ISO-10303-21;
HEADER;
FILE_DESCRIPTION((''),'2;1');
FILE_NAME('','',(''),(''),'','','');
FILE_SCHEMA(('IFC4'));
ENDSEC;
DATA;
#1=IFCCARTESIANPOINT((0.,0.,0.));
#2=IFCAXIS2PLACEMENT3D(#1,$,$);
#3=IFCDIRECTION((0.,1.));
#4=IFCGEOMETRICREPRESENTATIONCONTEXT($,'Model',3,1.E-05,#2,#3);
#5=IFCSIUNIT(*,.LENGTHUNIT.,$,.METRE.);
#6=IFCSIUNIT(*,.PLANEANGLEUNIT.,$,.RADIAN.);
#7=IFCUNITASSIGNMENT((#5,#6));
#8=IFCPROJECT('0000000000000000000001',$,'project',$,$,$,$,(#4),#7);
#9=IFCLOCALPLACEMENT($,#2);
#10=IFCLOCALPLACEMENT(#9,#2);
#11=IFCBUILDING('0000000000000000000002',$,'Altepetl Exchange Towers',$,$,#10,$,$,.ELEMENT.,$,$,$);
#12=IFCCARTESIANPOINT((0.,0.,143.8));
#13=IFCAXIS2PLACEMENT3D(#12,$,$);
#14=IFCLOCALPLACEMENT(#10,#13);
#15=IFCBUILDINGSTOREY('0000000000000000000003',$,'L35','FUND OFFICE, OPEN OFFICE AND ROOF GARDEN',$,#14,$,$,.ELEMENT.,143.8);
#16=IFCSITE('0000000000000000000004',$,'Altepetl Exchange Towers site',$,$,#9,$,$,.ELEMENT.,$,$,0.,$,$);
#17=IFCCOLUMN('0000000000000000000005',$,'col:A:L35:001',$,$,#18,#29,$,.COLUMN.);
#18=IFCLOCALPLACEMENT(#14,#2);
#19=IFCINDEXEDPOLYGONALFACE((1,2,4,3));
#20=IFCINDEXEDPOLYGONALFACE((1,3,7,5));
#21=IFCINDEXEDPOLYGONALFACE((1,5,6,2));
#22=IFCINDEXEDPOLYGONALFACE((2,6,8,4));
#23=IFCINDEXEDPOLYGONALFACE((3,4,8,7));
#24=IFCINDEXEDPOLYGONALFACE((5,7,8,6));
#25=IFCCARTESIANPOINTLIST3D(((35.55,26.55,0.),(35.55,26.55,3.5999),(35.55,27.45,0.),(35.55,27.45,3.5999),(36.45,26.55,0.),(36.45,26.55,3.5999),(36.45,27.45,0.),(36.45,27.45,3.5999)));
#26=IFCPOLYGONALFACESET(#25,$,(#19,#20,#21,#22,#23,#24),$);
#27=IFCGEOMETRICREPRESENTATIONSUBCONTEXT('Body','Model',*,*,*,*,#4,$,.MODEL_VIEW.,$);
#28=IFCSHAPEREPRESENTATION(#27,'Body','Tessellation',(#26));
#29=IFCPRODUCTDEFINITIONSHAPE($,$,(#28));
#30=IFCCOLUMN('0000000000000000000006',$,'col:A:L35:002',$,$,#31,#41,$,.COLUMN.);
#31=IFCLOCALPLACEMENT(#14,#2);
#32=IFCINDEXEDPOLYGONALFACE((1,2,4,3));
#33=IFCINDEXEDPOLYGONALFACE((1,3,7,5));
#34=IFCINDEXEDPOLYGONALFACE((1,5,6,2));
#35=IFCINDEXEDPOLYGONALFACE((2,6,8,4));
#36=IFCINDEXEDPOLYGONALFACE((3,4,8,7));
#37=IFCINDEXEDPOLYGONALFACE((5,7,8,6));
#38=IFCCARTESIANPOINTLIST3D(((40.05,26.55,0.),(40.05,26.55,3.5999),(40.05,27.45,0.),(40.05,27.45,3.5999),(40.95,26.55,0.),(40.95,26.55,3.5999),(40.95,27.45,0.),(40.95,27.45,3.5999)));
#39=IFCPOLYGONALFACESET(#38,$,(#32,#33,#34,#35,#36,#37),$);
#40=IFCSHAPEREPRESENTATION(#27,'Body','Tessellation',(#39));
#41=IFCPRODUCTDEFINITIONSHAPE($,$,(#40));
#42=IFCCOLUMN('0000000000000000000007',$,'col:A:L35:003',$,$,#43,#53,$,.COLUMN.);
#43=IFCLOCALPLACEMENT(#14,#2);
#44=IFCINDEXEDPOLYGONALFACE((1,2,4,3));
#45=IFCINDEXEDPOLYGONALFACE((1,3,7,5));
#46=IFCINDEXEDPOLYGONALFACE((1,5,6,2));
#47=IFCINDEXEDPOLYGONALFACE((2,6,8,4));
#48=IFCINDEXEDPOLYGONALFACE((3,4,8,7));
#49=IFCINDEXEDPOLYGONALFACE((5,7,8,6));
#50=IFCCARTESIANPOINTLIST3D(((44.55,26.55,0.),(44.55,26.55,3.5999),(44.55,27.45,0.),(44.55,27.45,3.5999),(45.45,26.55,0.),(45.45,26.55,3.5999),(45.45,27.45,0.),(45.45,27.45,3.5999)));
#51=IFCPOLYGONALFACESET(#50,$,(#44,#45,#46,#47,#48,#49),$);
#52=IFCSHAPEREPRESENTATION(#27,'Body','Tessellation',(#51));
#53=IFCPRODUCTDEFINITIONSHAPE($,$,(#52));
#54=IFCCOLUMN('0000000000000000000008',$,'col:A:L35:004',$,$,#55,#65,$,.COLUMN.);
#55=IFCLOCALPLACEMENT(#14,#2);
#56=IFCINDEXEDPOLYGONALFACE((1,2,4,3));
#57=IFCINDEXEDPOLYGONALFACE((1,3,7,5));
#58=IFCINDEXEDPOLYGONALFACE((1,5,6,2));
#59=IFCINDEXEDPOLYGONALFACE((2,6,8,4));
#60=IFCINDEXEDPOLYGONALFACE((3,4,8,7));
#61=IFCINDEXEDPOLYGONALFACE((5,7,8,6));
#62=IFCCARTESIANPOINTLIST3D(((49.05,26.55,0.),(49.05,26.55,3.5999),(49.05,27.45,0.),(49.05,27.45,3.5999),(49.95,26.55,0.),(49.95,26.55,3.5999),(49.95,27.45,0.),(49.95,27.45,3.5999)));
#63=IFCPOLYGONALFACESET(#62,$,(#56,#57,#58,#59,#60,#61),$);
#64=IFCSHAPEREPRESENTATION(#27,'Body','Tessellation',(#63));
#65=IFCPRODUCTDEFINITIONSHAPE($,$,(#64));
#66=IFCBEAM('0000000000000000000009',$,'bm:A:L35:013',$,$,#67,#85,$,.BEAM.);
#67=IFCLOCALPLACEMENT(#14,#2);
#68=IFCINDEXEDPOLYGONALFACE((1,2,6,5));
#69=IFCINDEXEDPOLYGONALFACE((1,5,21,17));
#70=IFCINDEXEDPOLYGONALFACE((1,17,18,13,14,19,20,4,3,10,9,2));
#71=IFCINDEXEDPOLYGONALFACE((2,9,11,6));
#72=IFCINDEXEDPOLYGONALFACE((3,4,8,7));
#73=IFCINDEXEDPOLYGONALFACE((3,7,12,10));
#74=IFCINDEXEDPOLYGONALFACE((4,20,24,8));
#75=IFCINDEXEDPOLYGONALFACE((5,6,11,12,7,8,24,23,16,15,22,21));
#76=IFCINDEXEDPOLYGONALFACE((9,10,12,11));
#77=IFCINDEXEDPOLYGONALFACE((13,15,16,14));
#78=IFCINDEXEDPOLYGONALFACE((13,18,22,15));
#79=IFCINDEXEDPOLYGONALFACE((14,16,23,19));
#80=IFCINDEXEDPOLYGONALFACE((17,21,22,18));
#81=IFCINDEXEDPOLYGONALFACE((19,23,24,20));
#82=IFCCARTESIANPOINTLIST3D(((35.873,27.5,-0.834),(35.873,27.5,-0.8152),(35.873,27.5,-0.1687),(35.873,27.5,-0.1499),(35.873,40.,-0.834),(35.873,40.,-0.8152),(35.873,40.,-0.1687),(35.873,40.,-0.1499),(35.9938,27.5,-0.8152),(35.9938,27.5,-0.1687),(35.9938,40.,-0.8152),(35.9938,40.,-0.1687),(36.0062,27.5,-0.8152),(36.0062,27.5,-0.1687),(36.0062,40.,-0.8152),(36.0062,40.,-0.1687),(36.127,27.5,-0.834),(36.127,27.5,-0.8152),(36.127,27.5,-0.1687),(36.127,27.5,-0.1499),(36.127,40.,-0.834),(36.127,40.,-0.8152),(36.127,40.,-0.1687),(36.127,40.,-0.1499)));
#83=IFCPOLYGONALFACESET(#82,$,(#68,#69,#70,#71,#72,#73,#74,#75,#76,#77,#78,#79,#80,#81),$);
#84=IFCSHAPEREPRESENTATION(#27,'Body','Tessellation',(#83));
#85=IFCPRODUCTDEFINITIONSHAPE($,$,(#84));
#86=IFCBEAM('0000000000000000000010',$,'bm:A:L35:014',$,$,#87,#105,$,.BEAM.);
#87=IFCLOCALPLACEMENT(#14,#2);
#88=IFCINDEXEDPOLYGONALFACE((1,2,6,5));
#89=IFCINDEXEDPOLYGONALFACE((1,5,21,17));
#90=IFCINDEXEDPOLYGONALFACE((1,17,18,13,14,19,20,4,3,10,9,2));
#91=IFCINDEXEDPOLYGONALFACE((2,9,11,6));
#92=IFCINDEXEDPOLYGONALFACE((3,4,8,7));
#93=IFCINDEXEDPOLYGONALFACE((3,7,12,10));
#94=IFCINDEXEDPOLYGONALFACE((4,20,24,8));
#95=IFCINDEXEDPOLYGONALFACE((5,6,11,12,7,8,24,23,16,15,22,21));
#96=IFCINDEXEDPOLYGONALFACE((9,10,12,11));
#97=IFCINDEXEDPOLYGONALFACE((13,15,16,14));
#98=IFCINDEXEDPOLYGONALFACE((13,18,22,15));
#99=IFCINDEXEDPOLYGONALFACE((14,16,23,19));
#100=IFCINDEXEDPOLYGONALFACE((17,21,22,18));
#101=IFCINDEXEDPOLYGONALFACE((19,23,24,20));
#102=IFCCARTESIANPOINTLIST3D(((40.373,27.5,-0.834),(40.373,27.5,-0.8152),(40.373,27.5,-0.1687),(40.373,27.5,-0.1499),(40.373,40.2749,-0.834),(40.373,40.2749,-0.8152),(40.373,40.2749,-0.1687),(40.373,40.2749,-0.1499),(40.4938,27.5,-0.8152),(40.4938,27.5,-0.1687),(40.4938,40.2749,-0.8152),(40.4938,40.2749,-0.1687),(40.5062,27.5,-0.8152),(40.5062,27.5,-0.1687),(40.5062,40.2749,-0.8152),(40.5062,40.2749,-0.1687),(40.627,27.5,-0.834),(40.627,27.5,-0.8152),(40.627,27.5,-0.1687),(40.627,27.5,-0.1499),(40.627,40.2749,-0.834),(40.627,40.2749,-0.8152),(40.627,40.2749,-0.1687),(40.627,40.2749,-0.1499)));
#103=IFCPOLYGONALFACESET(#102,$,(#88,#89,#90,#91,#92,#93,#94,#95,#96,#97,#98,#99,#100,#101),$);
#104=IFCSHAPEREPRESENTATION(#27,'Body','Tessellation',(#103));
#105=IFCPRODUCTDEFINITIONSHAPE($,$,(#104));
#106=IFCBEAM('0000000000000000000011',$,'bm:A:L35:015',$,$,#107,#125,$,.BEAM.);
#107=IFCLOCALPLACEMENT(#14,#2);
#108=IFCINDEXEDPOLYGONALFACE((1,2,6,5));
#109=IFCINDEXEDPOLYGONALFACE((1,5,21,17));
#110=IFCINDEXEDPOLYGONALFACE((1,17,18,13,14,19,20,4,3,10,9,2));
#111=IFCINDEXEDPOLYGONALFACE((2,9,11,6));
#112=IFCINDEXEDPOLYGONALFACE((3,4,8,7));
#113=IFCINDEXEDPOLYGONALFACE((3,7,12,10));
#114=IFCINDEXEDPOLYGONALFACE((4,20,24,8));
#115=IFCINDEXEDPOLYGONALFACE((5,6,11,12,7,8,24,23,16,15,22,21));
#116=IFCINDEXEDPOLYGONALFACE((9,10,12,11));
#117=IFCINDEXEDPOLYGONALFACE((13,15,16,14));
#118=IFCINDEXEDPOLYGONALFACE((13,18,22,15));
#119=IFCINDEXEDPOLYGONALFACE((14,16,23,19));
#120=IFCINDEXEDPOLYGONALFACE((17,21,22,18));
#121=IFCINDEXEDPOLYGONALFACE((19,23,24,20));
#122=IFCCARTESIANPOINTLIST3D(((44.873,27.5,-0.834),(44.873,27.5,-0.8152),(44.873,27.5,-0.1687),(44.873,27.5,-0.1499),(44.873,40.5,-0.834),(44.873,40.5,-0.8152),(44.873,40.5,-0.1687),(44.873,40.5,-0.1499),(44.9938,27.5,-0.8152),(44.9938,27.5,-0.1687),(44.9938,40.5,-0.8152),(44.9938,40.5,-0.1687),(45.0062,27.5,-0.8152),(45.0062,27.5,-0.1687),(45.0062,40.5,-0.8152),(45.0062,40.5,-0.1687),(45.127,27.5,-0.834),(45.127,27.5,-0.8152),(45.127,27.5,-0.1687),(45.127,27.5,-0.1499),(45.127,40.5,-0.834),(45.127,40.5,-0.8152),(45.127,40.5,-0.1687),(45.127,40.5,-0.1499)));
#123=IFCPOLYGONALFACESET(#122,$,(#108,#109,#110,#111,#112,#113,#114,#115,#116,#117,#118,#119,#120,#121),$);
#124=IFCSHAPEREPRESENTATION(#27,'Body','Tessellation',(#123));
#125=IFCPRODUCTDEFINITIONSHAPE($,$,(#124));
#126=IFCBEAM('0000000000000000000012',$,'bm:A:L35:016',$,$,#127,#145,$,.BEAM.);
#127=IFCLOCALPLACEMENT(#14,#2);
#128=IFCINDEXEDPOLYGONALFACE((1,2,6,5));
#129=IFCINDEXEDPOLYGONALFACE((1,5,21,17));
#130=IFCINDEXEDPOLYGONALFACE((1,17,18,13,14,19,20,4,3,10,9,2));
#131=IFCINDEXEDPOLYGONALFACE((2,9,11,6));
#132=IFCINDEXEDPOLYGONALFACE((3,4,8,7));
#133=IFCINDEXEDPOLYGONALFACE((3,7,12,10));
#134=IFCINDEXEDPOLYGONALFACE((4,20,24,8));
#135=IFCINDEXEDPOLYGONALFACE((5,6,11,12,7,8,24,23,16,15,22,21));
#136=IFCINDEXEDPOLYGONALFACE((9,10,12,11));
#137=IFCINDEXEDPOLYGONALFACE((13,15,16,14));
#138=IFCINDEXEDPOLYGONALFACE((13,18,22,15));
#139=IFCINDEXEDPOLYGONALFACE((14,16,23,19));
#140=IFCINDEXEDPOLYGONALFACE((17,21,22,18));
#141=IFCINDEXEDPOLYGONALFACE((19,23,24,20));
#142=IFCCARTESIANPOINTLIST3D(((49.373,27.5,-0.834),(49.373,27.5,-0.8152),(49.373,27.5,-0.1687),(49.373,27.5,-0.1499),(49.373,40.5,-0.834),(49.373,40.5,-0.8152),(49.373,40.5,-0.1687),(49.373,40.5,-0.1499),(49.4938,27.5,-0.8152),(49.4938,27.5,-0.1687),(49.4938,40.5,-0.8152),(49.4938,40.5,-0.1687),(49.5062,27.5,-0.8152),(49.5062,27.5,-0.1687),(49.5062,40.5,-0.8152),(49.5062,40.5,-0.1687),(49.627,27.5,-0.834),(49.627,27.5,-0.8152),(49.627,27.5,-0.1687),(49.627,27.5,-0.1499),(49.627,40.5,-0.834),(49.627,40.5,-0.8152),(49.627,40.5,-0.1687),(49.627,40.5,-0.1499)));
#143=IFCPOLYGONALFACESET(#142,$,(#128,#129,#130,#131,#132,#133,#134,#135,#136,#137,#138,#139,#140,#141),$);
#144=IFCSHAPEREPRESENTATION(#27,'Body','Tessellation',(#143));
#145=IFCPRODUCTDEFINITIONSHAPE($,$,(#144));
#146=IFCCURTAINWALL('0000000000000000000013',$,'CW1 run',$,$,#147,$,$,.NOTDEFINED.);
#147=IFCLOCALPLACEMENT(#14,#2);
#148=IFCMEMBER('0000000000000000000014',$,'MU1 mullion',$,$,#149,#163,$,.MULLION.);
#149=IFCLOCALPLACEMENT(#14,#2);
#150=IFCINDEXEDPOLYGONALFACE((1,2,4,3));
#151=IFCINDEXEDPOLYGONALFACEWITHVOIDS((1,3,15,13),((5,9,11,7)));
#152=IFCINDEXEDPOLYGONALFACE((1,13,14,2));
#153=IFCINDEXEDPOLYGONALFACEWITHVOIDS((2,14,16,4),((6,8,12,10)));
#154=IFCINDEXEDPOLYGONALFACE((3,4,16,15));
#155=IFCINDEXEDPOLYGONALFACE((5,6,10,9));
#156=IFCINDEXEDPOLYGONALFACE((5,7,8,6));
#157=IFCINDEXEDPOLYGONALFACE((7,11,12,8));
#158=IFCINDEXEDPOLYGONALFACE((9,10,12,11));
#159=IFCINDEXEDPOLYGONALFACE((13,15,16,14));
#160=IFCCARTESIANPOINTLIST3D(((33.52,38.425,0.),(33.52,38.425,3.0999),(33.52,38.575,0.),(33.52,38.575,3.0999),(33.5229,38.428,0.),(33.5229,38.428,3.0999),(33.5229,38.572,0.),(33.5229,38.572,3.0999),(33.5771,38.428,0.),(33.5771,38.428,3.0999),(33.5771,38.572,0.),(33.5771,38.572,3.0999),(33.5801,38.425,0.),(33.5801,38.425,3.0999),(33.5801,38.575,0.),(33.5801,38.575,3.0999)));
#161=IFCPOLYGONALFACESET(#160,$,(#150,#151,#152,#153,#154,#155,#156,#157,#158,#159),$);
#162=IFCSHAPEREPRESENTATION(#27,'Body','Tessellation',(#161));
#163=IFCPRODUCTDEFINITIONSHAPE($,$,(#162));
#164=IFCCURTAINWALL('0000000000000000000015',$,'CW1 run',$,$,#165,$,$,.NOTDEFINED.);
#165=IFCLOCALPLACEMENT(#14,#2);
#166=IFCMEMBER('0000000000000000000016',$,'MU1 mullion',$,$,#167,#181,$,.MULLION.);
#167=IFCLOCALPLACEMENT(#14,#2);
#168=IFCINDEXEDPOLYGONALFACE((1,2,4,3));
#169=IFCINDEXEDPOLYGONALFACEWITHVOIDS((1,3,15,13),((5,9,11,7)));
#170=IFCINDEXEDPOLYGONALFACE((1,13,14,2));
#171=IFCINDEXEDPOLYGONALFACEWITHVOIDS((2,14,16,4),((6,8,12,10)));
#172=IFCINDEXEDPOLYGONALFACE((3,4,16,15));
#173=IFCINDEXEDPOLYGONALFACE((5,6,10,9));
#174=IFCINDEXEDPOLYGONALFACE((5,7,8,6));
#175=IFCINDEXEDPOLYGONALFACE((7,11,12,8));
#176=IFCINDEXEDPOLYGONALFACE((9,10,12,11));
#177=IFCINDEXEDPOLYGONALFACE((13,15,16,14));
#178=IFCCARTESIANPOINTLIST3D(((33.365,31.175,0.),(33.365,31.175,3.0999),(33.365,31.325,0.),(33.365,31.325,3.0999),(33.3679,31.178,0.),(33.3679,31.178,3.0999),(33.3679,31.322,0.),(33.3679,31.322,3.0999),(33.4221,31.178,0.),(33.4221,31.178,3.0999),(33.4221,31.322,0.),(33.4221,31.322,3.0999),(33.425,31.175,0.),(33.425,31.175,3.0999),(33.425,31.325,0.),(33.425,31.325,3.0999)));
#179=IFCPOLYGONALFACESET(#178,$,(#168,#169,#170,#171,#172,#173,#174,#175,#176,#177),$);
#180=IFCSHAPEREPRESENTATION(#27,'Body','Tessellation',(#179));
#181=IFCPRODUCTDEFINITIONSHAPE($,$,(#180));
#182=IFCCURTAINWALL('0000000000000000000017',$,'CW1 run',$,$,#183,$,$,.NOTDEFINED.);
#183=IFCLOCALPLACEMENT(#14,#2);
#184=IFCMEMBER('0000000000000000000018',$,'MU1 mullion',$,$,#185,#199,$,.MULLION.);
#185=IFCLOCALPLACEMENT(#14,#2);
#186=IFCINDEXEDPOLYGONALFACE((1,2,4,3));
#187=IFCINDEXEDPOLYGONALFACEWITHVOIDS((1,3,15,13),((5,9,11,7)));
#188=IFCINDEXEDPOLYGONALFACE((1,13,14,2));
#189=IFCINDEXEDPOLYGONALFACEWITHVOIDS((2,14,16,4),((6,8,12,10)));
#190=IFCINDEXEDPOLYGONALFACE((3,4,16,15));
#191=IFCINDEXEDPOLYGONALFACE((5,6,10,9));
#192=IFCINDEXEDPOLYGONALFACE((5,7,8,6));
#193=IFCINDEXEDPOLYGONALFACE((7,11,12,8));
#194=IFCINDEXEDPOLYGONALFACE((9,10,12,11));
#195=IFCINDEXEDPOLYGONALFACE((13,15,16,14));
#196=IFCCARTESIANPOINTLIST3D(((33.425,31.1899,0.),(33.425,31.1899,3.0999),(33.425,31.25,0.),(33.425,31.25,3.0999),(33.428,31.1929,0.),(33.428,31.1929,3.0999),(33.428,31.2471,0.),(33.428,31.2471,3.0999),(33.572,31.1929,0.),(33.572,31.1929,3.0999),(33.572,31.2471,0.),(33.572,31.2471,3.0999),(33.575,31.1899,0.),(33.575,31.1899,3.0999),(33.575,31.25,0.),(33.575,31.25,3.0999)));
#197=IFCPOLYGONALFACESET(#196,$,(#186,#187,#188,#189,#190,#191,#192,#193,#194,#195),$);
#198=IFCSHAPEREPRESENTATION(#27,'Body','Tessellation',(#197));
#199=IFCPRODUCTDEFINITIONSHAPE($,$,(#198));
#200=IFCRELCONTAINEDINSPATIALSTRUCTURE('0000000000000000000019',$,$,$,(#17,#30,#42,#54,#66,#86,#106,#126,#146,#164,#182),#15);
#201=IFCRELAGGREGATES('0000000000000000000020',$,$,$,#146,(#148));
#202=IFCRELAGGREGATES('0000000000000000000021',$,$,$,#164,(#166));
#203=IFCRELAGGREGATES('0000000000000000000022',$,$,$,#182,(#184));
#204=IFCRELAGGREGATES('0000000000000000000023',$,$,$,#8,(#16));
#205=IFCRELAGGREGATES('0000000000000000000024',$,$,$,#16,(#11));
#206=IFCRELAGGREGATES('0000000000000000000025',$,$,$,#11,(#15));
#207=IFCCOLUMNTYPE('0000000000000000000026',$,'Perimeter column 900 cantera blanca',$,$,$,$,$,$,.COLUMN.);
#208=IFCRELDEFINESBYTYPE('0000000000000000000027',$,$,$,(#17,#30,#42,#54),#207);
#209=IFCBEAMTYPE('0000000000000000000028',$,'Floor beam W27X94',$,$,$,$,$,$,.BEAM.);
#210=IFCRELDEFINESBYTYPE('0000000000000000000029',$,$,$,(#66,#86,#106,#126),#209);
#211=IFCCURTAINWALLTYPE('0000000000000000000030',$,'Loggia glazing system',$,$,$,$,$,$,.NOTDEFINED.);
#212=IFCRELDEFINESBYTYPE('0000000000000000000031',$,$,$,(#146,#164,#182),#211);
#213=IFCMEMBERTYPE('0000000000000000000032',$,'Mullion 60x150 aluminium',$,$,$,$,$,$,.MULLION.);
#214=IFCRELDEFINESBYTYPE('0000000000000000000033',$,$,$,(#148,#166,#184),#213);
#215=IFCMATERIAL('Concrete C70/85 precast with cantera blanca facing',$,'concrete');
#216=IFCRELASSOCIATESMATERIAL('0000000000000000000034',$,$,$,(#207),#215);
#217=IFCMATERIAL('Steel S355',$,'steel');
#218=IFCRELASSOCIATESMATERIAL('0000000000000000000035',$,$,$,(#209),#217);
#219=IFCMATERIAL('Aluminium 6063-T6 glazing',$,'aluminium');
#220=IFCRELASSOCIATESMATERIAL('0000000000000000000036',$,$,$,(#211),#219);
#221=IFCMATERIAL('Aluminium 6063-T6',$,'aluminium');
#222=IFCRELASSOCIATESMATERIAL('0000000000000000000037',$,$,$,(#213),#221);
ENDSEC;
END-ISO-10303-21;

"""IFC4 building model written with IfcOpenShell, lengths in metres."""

from ifc_helpers import new_model, si_unit, direction, frame, origin, origin_2d, place, context, subcontext, project, spatial, rectangle, hollow_rectangle, i_section, extrude, material, material_profile, profile_set, type_object, element, aggregate, save


model = new_model("IFC4")

# Units and contexts
model_context = context("Model", 3, precision=1e-05, world=origin(), true_north=direction((0.0, 1.0)))
body_context = subcontext(model_context, "Body", "Model", "MODEL_VIEW")
ifc_project = project(units=[si_unit("LENGTHUNIT", "METRE"), si_unit("PLANEANGLEUNIT", "RADIAN")], contexts=[model_context])

# Site, building, storey
site_placement = place(None, origin())
site = spatial("IfcSite", under=ifc_project, at=site_placement, Name="Altepetl Exchange Towers site", CompositionType="ELEMENT", RefElevation=0.0)
building_placement = place(site_placement, origin())
building = spatial("IfcBuilding", under=site, at=building_placement, Name="Altepetl Exchange Towers", CompositionType="ELEMENT")
storey_placement = place(building_placement, frame((0.0, 0.0, 143.8)))
storey = spatial("IfcBuildingStorey", under=building, at=storey_placement, Name="L35", Description="FUND OFFICE, OPEN OFFICE AND ROOF GARDEN", CompositionType="ELEMENT", Elevation=143.8)

# Columns
ifc_material_1 = material(Name="Concrete C70/85 precast with cantera blanca facing", Category="concrete")
ifc_material_profile_1 = material_profile(ifc_material_1, rectangle(XDim=0.8999, YDim=0.8999, at=origin_2d()), Name="900 x 900")
ifc_profile_set_1 = profile_set([ifc_material_profile_1], Name="Concrete C70/85 precast with cantera blanca facing")
column_type = type_object("IfcColumnType", Name="Perimeter column 900 cantera blanca", PredefinedType="COLUMN", material=ifc_profile_set_1)
for number, where, name in (
    (1, (36.0, 27.0, 0.0), "col:A:L35:001"),
    (2, (40.5, 27.0, 0.0), "col:A:L35:002"),
    (3, (45.0, 27.0, 0.0), "col:A:L35:003"),
    (4, (49.5, 27.0, 0.0), "col:A:L35:004"),
):
    element("IfcColumn", number, at=place(storey_placement, frame(where)), inside=storey, type_object=column_type, Name=name, PredefinedType="COLUMN", context=body_context, shape_type="SweptSolid", body=[
        extrude(rectangle(XDim=0.8999, YDim=0.8999, at=origin_2d()), origin(), (0.0, 0.0, 1.0), 3.5999),
    ])

# Beams
ifc_material_2 = material(Name="Steel S355", Category="steel")
ifc_material_profile_2 = material_profile(ifc_material_2, i_section(OverallWidth=0.2539, OverallDepth=0.6841, WebThickness=0.0125, FlangeThickness=0.0188, at=origin_2d()), Name="W27X94")
ifc_profile_set_2 = profile_set([ifc_material_profile_2], Name="Steel S355")
beam_type_1 = type_object("IfcBeamType", Name="Floor beam W27X94", PredefinedType="BEAM", material=ifc_profile_set_2)
beam_1_placement = place(storey_placement, frame((36.0, 27.5, -0.4919), z_axis=(0.0, 1.0, 0.0), x_axis=(-1.0, 0.0, 0.0)))
element("IfcBeam", 5, at=beam_1_placement, inside=storey, type_object=beam_type_1, Name="bm:A:L35:013", PredefinedType="BEAM", context=body_context, shape_type="SweptSolid", body=[
    extrude(i_section(OverallWidth=0.2539, OverallDepth=0.6841, WebThickness=0.0125, FlangeThickness=0.0188, at=origin_2d()), origin(), (0.0, 0.0, 1.0), 12.5),
])
beam_2_placement = place(storey_placement, frame((40.5, 27.5, -0.4919), z_axis=(0.0, 1.0, 0.0), x_axis=(-1.0, 0.0, 0.0)))
element("IfcBeam", 6, at=beam_2_placement, inside=storey, type_object=beam_type_1, Name="bm:A:L35:014", PredefinedType="BEAM", context=body_context, shape_type="SweptSolid", body=[
    extrude(i_section(OverallWidth=0.2539, OverallDepth=0.6841, WebThickness=0.0125, FlangeThickness=0.0188, at=origin_2d()), origin(), (0.0, 0.0, 1.0), 12.7749),
])
for number, where, z_axis, x_axis, name in (
    (7, (45.0, 27.5, -0.4919), (0.0, 1.0, 0.0), (-1.0, 0.0, 0.0), "bm:A:L35:015"),
    (8, (49.5, 27.5, -0.4919), (0.0, 1.0, 0.0), (-1.0, 0.0, 0.0), "bm:A:L35:016"),
):
    element("IfcBeam", number, at=place(storey_placement, frame(where, z_axis=z_axis, x_axis=x_axis)), inside=storey, type_object=beam_type_1, Name=name, PredefinedType="BEAM", context=body_context, shape_type="SweptSolid", body=[
        extrude(i_section(OverallWidth=0.2539, OverallDepth=0.6841, WebThickness=0.0125, FlangeThickness=0.0188, at=origin_2d()), origin(), (0.0, 0.0, 1.0), 13.0),
    ])

# Curtain walls, members
ifc_material_3 = material(Name="Aluminium 6063-T6 glazing", Category="aluminium")
curtain_wall_type = type_object("IfcCurtainWallType", Name="Loggia glazing system", PredefinedType="NOTDEFINED", material=ifc_material_3)
curtain_wall_1_placement = place(storey_placement, origin())
curtain_wall_1 = element("IfcCurtainWall", 9, at=curtain_wall_1_placement, inside=storey, type_object=curtain_wall_type, Name="CW1 run", PredefinedType="NOTDEFINED")
ifc_material_4 = material(Name="Aluminium 6063-T6", Category="aluminium")
ifc_material_profile_3 = material_profile(ifc_material_4, hollow_rectangle(XDim=0.0601, YDim=0.1499, WallThickness=0.0029, at=origin_2d()), Name="Mullion 60x150 aluminium")
ifc_profile_set_3 = profile_set([ifc_material_profile_3], Name="Aluminium 6063-T6")
member_type = type_object("IfcMemberType", Name="Mullion 60x150 aluminium", PredefinedType="MULLION", material=ifc_profile_set_3)
member_1_placement = place(storey_placement, frame((33.55, 38.5, 0.0), z_axis=(0.0, 0.0, 1.0), x_axis=(-1.0, 0.0, 0.0)))
member_1 = element("IfcMember", 10, at=member_1_placement, type_object=member_type, Name="MU1 mullion", PredefinedType="MULLION", context=body_context, shape_type="SweptSolid", body=[
    extrude(hollow_rectangle(XDim=0.0601, YDim=0.1499, WallThickness=0.0029, at=origin_2d()), origin(), (0.0, 0.0, 1.0), 3.0999),
])
aggregate(curtain_wall_1, [member_1])
curtain_wall_2_placement = place(storey_placement, origin())
curtain_wall_2 = element("IfcCurtainWall", 11, at=curtain_wall_2_placement, inside=storey, type_object=curtain_wall_type, Name="CW1 run", PredefinedType="NOTDEFINED")
member_2_placement = place(storey_placement, frame((33.395, 31.25, 0.0)))
member_2 = element("IfcMember", 12, at=member_2_placement, type_object=member_type, Name="MU1 mullion", PredefinedType="MULLION", context=body_context, shape_type="SweptSolid", body=[
    extrude(hollow_rectangle(XDim=0.0601, YDim=0.1499, WallThickness=0.0029, at=origin_2d()), origin(), (0.0, 0.0, 1.0), 3.0999),
])

# Curtain wall, member
curtain_wall_3_placement = place(storey_placement, origin())
curtain_wall_3 = element("IfcCurtainWall", 13, at=curtain_wall_3_placement, inside=storey, type_object=curtain_wall_type, Name="CW1 run", PredefinedType="NOTDEFINED")
member_3_placement = place(storey_placement, frame((33.5, 31.22, 0.0), z_axis=(0.0, 0.0, 1.0), x_axis=(0.0, -1.0, 0.0)))
member_3 = element("IfcMember", 14, at=member_3_placement, type_object=member_type, Name="MU1 mullion", PredefinedType="MULLION", context=body_context, shape_type="SweptSolid", body=[
    extrude(hollow_rectangle(XDim=0.0601, YDim=0.1499, WallThickness=0.0029, at=origin_2d()), origin(), (0.0, 0.0, 1.0), 3.0999),
])

aggregate(curtain_wall_2, [member_2])
aggregate(curtain_wall_3, [member_3])

save(model, "model.ifc")
